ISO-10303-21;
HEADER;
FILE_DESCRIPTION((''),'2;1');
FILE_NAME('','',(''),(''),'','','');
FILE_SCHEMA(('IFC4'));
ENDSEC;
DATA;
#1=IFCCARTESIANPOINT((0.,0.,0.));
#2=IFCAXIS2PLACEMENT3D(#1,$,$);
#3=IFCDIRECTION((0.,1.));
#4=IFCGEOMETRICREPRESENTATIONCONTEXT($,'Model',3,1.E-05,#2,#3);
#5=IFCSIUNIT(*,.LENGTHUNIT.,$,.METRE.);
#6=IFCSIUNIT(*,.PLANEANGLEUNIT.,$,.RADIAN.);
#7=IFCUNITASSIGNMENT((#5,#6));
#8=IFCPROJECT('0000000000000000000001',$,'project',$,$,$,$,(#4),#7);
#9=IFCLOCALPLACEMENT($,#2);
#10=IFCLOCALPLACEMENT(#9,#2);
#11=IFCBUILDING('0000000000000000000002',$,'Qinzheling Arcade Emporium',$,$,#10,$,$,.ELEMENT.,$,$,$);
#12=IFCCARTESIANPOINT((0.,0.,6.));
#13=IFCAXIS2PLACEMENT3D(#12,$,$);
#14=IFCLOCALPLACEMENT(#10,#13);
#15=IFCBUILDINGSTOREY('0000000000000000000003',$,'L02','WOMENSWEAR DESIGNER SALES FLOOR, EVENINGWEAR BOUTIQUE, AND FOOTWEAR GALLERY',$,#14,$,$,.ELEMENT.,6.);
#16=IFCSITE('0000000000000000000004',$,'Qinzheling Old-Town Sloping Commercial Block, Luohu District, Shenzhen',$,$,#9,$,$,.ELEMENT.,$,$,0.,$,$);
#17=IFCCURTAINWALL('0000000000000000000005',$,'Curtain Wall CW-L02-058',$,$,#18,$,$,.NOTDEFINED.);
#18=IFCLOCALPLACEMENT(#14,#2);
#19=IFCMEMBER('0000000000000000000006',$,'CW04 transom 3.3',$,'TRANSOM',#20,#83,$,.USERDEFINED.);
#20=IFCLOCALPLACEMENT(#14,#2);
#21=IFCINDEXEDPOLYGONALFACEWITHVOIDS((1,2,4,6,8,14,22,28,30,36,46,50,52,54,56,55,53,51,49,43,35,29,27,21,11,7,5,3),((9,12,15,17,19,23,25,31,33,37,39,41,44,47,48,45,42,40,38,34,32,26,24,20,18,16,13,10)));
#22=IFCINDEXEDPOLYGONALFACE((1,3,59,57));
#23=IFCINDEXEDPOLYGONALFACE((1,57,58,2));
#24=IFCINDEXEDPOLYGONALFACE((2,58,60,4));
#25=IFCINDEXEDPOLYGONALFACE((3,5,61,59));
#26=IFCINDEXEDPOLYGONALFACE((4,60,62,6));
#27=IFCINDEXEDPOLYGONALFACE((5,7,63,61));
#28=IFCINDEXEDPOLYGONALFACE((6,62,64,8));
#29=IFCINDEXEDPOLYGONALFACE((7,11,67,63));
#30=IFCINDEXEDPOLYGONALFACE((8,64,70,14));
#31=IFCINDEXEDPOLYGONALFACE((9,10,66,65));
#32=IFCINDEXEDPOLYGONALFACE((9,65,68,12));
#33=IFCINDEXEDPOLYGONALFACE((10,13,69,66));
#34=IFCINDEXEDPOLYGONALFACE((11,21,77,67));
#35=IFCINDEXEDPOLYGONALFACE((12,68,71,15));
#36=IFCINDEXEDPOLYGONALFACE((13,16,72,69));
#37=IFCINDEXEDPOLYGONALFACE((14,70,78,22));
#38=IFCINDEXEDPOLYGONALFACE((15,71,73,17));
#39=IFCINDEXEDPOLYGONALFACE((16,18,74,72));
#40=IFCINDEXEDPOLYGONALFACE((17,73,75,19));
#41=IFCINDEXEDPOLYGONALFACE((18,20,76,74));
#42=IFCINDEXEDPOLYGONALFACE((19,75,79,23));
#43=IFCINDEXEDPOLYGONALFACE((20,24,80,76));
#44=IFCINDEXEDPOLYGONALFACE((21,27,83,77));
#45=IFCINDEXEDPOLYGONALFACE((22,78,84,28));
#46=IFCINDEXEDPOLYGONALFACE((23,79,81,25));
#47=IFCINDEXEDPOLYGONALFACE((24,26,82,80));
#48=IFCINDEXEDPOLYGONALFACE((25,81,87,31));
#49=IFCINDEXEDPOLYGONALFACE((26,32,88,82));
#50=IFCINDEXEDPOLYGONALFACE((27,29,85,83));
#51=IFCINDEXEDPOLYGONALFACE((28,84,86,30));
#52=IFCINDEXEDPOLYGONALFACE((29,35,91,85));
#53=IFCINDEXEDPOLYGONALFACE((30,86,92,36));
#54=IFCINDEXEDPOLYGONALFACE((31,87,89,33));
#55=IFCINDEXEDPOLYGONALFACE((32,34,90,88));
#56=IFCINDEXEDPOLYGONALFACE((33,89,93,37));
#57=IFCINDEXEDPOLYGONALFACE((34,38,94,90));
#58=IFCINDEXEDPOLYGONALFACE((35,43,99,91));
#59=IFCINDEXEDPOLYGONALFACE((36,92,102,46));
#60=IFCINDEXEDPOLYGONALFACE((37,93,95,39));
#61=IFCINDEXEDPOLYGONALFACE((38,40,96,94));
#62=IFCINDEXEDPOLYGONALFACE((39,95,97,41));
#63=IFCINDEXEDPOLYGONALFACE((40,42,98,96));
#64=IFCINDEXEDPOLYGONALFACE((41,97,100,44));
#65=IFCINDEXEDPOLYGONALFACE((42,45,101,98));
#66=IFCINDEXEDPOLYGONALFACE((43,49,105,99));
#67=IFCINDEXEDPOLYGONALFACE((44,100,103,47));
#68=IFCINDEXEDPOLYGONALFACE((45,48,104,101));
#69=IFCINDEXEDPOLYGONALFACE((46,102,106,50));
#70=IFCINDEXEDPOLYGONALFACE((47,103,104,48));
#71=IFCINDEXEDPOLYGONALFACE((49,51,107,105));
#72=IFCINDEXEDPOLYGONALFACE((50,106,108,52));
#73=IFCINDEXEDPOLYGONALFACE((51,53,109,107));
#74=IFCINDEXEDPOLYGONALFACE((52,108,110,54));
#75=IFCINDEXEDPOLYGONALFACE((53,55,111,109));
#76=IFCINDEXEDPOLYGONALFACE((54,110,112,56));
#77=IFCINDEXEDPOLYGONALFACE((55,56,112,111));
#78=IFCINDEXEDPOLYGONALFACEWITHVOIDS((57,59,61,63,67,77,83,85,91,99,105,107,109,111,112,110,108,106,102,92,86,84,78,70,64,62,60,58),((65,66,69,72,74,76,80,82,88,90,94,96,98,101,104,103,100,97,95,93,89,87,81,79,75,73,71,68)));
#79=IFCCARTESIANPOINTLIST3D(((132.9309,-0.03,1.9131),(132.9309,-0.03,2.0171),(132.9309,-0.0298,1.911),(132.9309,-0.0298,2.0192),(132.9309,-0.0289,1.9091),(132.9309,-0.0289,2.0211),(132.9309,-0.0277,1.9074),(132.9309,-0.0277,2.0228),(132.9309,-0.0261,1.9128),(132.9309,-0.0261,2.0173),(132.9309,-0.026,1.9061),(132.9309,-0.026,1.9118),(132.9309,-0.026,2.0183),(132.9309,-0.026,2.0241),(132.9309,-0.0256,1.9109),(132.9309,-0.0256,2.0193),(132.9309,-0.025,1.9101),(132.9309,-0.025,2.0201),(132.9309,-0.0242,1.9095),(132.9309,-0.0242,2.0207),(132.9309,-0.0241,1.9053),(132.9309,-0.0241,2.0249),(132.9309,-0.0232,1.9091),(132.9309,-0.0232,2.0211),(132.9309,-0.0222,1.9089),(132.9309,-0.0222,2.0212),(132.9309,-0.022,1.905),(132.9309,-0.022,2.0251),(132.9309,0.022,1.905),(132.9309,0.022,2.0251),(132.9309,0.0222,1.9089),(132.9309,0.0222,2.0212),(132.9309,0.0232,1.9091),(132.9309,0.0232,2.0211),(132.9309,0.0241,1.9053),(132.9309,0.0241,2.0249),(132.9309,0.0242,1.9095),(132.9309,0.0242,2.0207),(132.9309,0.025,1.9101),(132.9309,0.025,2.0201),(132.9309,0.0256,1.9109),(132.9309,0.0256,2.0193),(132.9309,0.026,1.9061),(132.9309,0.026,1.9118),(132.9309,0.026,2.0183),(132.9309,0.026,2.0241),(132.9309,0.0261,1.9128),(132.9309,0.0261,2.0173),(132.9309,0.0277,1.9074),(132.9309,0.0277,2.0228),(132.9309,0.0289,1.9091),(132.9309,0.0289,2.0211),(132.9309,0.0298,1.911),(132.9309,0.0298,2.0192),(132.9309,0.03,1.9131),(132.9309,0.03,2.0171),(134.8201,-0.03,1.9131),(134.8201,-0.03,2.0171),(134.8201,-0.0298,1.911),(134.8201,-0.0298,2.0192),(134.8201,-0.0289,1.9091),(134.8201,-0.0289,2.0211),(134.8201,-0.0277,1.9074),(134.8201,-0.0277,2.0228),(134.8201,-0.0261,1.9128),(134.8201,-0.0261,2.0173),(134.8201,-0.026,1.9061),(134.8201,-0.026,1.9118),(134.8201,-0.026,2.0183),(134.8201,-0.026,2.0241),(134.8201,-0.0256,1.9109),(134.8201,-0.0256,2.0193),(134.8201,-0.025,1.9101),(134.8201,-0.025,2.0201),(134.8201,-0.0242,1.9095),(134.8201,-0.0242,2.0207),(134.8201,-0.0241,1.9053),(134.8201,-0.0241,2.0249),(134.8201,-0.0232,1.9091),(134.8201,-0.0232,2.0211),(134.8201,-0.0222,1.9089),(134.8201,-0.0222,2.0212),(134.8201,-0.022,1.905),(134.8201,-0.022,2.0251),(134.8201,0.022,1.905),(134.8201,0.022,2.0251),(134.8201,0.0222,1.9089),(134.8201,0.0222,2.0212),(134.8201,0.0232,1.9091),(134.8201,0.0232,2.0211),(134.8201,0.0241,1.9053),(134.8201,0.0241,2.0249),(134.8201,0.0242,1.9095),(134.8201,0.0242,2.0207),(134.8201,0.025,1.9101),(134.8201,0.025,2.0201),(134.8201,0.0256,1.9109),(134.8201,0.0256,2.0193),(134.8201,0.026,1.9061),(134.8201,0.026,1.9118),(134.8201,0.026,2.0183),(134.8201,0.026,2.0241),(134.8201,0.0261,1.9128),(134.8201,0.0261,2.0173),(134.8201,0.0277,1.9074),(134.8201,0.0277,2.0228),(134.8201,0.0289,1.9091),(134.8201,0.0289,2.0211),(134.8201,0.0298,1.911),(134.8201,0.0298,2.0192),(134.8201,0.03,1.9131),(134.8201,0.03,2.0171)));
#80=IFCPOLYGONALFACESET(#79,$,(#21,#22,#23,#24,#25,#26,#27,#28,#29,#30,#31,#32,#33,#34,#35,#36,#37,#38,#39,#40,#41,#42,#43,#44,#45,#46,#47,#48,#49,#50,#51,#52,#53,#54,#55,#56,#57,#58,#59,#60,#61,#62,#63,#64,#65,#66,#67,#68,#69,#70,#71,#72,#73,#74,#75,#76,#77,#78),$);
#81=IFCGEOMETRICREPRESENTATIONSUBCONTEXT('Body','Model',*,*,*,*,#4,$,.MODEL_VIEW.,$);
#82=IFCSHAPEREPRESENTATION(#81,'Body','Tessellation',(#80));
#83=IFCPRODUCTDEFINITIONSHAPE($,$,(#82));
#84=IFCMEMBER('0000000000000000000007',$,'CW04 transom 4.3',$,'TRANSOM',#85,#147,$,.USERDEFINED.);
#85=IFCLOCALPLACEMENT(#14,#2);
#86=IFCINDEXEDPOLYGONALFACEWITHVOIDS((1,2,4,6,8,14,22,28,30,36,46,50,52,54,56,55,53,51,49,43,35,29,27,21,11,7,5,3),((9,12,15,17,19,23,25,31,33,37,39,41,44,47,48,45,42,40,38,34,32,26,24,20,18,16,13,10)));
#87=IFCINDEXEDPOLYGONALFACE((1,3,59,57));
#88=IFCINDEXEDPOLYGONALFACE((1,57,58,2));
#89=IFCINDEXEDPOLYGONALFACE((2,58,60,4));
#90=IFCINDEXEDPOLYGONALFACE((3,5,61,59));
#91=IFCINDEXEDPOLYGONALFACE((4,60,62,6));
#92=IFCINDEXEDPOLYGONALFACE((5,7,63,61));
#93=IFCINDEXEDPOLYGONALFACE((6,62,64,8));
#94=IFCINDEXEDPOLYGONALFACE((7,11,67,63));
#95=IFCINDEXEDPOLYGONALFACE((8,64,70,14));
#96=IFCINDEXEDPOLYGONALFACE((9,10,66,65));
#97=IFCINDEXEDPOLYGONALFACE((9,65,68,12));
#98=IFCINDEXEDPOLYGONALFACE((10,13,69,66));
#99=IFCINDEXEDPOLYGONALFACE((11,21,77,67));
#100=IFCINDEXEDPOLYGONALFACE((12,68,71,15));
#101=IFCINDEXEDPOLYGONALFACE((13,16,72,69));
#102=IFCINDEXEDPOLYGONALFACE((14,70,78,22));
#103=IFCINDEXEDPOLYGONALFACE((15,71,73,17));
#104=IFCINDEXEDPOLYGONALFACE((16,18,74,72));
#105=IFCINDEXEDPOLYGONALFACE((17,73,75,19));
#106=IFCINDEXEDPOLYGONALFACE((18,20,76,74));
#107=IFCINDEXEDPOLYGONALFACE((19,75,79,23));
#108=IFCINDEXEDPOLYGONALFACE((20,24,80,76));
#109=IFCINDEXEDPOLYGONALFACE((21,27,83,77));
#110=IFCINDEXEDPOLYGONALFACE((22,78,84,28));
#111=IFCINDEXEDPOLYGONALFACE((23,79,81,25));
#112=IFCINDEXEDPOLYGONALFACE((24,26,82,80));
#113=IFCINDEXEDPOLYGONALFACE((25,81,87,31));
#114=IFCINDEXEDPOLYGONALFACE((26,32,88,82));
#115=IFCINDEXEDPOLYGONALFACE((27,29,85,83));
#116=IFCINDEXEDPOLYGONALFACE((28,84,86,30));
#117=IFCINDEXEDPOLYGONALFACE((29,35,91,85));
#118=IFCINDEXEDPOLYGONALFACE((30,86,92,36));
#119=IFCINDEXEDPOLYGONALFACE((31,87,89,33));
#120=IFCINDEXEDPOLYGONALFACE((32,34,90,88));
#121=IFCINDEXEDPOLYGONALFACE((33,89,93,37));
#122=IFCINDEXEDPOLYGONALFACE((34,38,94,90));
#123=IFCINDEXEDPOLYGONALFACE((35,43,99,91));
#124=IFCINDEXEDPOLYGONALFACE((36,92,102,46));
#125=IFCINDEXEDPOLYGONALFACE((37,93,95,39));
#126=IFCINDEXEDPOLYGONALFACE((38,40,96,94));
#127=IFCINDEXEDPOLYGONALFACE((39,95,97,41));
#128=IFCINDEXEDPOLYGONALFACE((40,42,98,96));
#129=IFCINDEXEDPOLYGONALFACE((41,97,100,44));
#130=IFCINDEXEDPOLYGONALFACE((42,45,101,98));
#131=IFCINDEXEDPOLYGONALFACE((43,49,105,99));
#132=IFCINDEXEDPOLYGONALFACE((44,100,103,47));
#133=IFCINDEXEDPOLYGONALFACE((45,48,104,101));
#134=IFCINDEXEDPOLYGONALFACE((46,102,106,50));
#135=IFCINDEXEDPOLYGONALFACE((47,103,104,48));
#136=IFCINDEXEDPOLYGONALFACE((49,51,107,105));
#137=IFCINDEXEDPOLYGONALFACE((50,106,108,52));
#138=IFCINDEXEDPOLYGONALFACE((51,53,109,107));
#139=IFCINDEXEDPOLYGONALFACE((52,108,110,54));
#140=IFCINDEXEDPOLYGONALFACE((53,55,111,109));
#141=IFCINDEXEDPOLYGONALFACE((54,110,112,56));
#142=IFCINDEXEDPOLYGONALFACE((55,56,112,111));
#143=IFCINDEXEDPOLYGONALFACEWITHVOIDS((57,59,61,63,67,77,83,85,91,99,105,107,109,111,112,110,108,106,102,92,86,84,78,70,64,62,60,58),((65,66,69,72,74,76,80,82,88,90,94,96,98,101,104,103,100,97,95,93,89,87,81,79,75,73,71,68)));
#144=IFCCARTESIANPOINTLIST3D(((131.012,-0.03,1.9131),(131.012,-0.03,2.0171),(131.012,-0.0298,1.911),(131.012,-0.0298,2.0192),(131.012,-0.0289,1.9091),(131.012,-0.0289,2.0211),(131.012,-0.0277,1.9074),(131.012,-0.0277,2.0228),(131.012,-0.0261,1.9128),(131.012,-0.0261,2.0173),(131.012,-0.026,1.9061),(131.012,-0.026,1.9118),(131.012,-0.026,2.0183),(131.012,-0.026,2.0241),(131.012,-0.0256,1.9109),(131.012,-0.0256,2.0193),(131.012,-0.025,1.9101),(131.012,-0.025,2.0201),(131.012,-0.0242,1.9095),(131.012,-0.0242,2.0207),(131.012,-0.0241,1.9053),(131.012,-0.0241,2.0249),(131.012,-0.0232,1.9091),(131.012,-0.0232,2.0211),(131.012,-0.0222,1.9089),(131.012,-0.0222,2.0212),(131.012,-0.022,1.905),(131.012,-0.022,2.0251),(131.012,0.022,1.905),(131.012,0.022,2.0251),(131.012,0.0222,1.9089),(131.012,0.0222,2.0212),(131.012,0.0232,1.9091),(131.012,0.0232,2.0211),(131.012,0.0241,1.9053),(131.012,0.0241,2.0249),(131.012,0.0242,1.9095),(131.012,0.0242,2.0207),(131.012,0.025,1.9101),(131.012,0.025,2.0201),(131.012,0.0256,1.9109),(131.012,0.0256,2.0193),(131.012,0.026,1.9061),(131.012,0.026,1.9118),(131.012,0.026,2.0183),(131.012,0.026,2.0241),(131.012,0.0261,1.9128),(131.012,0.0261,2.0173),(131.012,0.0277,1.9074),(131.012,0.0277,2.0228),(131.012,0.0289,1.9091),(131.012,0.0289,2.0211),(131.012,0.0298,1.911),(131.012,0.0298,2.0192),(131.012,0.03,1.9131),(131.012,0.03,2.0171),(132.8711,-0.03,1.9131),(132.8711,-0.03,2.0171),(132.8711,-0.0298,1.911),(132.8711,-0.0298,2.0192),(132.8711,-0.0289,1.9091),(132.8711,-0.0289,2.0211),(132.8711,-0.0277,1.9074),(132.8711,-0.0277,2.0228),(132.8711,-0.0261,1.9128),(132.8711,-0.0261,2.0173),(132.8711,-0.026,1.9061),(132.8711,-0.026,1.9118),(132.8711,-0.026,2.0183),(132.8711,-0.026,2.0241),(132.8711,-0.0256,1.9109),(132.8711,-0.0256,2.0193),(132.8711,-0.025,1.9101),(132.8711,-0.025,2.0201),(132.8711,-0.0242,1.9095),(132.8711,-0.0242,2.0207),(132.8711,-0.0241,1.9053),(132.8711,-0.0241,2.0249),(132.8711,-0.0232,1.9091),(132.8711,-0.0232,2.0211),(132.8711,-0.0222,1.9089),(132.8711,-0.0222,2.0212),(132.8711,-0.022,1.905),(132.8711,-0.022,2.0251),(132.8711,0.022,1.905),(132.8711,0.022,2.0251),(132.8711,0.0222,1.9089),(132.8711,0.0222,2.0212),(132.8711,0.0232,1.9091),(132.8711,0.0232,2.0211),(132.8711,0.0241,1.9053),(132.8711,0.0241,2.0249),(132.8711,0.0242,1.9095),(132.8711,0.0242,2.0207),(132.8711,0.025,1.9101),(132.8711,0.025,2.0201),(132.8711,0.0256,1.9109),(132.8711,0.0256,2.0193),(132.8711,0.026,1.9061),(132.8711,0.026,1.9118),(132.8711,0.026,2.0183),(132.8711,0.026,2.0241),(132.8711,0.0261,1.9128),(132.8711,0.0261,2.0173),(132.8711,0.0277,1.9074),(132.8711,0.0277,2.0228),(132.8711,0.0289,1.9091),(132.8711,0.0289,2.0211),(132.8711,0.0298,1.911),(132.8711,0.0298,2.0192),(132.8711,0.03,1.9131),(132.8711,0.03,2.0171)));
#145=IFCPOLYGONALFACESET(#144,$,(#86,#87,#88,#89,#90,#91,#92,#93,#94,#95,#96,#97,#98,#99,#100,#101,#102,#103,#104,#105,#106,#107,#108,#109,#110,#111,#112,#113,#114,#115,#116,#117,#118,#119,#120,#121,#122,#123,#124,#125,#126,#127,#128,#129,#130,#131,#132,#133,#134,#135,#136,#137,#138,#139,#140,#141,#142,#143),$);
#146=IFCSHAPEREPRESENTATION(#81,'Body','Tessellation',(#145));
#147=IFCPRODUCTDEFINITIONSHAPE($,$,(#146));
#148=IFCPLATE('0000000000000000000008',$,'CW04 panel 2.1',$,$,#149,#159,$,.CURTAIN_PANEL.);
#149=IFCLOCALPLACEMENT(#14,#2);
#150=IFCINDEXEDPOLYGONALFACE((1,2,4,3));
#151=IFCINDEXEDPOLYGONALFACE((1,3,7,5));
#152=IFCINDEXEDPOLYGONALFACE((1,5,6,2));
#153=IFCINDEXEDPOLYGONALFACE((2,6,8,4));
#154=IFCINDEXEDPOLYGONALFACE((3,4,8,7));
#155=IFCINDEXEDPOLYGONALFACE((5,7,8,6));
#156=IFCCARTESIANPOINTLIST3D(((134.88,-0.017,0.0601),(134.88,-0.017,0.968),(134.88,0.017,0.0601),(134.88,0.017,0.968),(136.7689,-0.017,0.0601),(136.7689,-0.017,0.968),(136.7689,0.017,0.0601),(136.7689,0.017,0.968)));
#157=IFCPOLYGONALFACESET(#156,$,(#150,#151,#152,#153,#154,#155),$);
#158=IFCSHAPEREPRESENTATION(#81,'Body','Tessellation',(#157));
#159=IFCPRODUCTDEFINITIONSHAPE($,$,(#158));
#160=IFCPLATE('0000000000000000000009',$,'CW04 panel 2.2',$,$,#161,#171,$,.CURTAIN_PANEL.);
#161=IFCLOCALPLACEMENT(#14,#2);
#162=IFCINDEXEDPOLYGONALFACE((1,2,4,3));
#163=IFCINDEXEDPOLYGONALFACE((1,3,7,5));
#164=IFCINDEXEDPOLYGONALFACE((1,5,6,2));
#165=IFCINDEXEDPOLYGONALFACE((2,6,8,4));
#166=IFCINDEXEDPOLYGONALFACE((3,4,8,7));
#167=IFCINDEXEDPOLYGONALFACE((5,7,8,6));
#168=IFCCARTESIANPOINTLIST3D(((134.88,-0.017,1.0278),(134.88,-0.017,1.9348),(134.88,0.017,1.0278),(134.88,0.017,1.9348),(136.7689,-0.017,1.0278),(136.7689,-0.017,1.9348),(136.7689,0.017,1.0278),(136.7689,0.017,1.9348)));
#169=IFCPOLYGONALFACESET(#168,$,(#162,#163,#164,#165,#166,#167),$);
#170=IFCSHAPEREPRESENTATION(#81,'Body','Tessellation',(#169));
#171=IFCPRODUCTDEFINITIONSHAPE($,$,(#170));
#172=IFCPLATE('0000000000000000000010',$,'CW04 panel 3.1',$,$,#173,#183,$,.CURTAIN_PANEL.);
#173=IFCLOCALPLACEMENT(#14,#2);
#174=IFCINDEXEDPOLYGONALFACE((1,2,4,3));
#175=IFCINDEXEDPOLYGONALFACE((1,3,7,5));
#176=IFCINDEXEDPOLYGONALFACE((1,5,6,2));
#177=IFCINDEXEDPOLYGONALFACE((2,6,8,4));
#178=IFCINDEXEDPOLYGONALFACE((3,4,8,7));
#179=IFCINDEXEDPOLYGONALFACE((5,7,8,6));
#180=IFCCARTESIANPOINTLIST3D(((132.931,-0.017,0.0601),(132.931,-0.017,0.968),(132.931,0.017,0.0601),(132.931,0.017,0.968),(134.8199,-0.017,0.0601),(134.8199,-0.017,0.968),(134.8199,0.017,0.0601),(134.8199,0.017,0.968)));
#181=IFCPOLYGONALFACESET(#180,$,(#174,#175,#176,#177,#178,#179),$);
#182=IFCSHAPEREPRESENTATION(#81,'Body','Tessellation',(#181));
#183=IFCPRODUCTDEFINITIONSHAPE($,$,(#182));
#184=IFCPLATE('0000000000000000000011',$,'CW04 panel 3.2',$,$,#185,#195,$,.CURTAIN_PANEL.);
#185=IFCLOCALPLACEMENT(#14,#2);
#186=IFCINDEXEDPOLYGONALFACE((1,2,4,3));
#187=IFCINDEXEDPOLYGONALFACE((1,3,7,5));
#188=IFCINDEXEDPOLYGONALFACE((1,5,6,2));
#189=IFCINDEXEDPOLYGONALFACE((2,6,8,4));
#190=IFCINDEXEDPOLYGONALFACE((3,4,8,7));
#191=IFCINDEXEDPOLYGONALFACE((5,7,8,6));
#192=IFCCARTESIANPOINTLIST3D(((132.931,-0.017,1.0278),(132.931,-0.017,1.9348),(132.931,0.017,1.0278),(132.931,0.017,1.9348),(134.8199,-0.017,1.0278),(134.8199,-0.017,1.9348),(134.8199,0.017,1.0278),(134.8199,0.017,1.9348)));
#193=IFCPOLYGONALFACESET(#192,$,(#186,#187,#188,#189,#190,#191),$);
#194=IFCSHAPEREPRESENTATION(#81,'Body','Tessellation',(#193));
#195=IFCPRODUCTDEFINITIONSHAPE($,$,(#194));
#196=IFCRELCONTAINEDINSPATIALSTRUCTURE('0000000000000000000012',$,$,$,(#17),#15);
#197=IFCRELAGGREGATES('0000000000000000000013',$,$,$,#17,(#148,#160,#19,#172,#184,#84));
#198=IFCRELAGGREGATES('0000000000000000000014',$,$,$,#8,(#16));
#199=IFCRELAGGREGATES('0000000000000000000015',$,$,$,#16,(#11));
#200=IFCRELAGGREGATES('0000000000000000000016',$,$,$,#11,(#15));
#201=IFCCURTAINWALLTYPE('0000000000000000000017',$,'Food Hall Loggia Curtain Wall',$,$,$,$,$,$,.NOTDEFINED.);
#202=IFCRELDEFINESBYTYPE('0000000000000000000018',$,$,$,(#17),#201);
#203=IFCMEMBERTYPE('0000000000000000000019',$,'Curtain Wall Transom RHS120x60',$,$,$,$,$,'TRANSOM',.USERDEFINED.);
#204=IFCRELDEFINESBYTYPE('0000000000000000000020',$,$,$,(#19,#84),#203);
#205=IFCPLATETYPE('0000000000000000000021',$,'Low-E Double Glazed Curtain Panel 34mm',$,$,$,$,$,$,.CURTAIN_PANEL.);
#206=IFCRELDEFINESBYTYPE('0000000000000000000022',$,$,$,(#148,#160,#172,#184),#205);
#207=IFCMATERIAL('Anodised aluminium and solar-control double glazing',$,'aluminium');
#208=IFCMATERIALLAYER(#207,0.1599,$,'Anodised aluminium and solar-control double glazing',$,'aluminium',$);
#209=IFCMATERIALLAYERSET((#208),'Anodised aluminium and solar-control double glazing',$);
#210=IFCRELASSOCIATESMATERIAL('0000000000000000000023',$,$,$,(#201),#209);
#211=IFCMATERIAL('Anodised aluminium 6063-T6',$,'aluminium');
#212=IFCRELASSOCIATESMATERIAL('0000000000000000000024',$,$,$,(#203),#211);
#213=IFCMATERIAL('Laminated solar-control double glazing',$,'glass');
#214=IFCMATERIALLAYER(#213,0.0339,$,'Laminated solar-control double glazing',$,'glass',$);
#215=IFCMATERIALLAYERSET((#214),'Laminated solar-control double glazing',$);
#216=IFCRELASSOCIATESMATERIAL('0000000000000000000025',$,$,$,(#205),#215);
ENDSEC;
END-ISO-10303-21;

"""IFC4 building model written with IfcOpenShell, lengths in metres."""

from ifc_helpers import new_model, si_unit, direction, frame, origin, origin_2d, place, context, subcontext, project, spatial, rectangle, hollow_rectangle, extrude, material, layer, layer_set, material_profile, profile_set, type_object, element, aggregate, save


model = new_model("IFC4")

# Units and contexts
model_context = context("Model", 3, precision=1e-05, world=origin(), true_north=direction((0.0, 1.0)))
body_context = subcontext(model_context, "Body", "Model", "MODEL_VIEW")
ifc_project = project(units=[si_unit("LENGTHUNIT", "METRE"), si_unit("PLANEANGLEUNIT", "RADIAN")], contexts=[model_context])

# Site, building, storey
site_placement = place(None, origin())
site = spatial("IfcSite", under=ifc_project, at=site_placement, Name="Qinzheling Old-Town Sloping Commercial Block, Luohu District, Shenzhen", CompositionType="ELEMENT", RefElevation=0.0)
building_placement = place(site_placement, origin())
building = spatial("IfcBuilding", under=site, at=building_placement, Name="Qinzheling Arcade Emporium", CompositionType="ELEMENT")
storey_placement = place(building_placement, frame((0.0, 0.0, 6.0)))
storey = spatial("IfcBuildingStorey", under=building, at=storey_placement, Name="L02", Description="WOMENSWEAR DESIGNER SALES FLOOR, EVENINGWEAR BOUTIQUE, AND FOOTWEAR GALLERY", CompositionType="ELEMENT", Elevation=6.0)

# Curtain wall, members, plates
ifc_material_1 = material(Name="Anodised aluminium and solar-control double glazing", Category="aluminium")
ifc_layer_1 = layer(ifc_material_1, 0.1599, Name="Anodised aluminium and solar-control double glazing", Category="aluminium")
ifc_layer_set_1 = layer_set([ifc_layer_1], Name="Anodised aluminium and solar-control double glazing")
curtain_wall_type = type_object("IfcCurtainWallType", Name="Food Hall Loggia Curtain Wall", PredefinedType="NOTDEFINED", material=ifc_layer_set_1)
curtain_wall_placement = place(storey_placement, origin())
curtain_wall = element("IfcCurtainWall", 1, at=curtain_wall_placement, inside=storey, type_object=curtain_wall_type, Name="Curtain Wall CW-L02-058", PredefinedType="NOTDEFINED")
ifc_material_2 = material(Name="Anodised aluminium 6063-T6", Category="aluminium")
ifc_material_profile_1 = material_profile(ifc_material_2, hollow_rectangle(XDim=0.0601, YDim=0.1201, WallThickness=0.0039, InnerFilletRadius=0.0039, OuterFilletRadius=0.0081, at=origin_2d()), Name="RHS 120x60x4", Category="aluminium")
ifc_profile_set_1 = profile_set([ifc_material_profile_1], Name="Anodised aluminium 6063-T6")
member_type_1 = type_object("IfcMemberType", Name="Curtain Wall Transom RHS120x60", ElementType="TRANSOM", PredefinedType="USERDEFINED", material=ifc_profile_set_1)
member_1_placement = place(storey_placement, frame((134.8201, 0.0, 1.9651), z_axis=(-1.0, 0.0, 0.0), x_axis=(0.0, -1.0, 0.0)))
member_1 = element("IfcMember", 2, at=member_1_placement, type_object=member_type_1, Name="CW04 transom 3.3", ObjectType="TRANSOM", PredefinedType="USERDEFINED", context=body_context, shape_type="SweptSolid", body=[
    extrude(hollow_rectangle(XDim=0.0601, YDim=0.1201, WallThickness=0.0039, InnerFilletRadius=0.0039, OuterFilletRadius=0.0081, at=origin_2d()), origin(), (0.0, 0.0, 1.0), 1.8892),
])
member_2_placement = place(storey_placement, frame((132.8711, 0.0, 1.9651), z_axis=(-1.0, 0.0, 0.0), x_axis=(0.0, -1.0, 0.0)))
member_2 = element("IfcMember", 3, at=member_2_placement, type_object=member_type_1, Name="CW04 transom 4.3", ObjectType="TRANSOM", PredefinedType="USERDEFINED", context=body_context, shape_type="SweptSolid", body=[
    extrude(hollow_rectangle(XDim=0.0601, YDim=0.1201, WallThickness=0.0039, InnerFilletRadius=0.0039, OuterFilletRadius=0.0081, at=origin_2d()), origin(), (0.0, 0.0, 1.0), 1.8591),
])
ifc_material_3 = material(Name="Laminated solar-control double glazing", Category="glass")
ifc_layer_2 = layer(ifc_material_3, 0.0339, Name="Laminated solar-control double glazing", Category="glass")
ifc_layer_set_2 = layer_set([ifc_layer_2], Name="Laminated solar-control double glazing")
plate_type_1 = type_object("IfcPlateType", Name="Low-E Double Glazed Curtain Panel 34mm", PredefinedType="CURTAIN_PANEL", material=ifc_layer_set_2)
plate_1_placement = place(storey_placement, frame((135.8245, 0.0, 0.0601), z_axis=(0.0, 0.0, 1.0), x_axis=(-1.0, 0.0, 0.0)))
plate_1 = element("IfcPlate", 4, at=plate_1_placement, type_object=plate_type_1, Name="CW04 panel 2.1", PredefinedType="CURTAIN_PANEL", context=body_context, shape_type="SweptSolid", body=[
    extrude(rectangle(XDim=1.8889, YDim=0.0339, at=origin_2d()), origin(), (0.0, 0.0, 1.0), 0.908),
])
plate_2_placement = place(storey_placement, frame((135.8245, 0.0, 1.0278), z_axis=(0.0, 0.0, 1.0), x_axis=(-1.0, 0.0, 0.0)))
plate_2 = element("IfcPlate", 5, at=plate_2_placement, type_object=plate_type_1, Name="CW04 panel 2.2", PredefinedType="CURTAIN_PANEL", context=body_context, shape_type="SweptSolid", body=[
    extrude(rectangle(XDim=1.8889, YDim=0.0339, at=origin_2d()), origin(), (0.0, 0.0, 1.0), 0.907),
])
plate_3_placement = place(storey_placement, frame((133.8755, 0.0, 0.0601), z_axis=(0.0, 0.0, 1.0), x_axis=(-1.0, 0.0, 0.0)))
plate_3 = element("IfcPlate", 6, at=plate_3_placement, type_object=plate_type_1, Name="CW04 panel 3.1", PredefinedType="CURTAIN_PANEL", context=body_context, shape_type="SweptSolid", body=[
    extrude(rectangle(XDim=1.8889, YDim=0.0339, at=origin_2d()), origin(), (0.0, 0.0, 1.0), 0.908),
])
plate_4_placement = place(storey_placement, frame((133.8755, 0.0, 1.0278), z_axis=(0.0, 0.0, 1.0), x_axis=(-1.0, 0.0, 0.0)))
plate_4 = element("IfcPlate", 7, at=plate_4_placement, type_object=plate_type_1, Name="CW04 panel 3.2", PredefinedType="CURTAIN_PANEL", context=body_context, shape_type="SweptSolid", body=[
    extrude(rectangle(XDim=1.8889, YDim=0.0339, at=origin_2d()), origin(), (0.0, 0.0, 1.0), 0.907),
])
aggregate(curtain_wall, [plate_1, plate_2, member_1, plate_3, plate_4, member_2])

save(model, "model.ifc")
